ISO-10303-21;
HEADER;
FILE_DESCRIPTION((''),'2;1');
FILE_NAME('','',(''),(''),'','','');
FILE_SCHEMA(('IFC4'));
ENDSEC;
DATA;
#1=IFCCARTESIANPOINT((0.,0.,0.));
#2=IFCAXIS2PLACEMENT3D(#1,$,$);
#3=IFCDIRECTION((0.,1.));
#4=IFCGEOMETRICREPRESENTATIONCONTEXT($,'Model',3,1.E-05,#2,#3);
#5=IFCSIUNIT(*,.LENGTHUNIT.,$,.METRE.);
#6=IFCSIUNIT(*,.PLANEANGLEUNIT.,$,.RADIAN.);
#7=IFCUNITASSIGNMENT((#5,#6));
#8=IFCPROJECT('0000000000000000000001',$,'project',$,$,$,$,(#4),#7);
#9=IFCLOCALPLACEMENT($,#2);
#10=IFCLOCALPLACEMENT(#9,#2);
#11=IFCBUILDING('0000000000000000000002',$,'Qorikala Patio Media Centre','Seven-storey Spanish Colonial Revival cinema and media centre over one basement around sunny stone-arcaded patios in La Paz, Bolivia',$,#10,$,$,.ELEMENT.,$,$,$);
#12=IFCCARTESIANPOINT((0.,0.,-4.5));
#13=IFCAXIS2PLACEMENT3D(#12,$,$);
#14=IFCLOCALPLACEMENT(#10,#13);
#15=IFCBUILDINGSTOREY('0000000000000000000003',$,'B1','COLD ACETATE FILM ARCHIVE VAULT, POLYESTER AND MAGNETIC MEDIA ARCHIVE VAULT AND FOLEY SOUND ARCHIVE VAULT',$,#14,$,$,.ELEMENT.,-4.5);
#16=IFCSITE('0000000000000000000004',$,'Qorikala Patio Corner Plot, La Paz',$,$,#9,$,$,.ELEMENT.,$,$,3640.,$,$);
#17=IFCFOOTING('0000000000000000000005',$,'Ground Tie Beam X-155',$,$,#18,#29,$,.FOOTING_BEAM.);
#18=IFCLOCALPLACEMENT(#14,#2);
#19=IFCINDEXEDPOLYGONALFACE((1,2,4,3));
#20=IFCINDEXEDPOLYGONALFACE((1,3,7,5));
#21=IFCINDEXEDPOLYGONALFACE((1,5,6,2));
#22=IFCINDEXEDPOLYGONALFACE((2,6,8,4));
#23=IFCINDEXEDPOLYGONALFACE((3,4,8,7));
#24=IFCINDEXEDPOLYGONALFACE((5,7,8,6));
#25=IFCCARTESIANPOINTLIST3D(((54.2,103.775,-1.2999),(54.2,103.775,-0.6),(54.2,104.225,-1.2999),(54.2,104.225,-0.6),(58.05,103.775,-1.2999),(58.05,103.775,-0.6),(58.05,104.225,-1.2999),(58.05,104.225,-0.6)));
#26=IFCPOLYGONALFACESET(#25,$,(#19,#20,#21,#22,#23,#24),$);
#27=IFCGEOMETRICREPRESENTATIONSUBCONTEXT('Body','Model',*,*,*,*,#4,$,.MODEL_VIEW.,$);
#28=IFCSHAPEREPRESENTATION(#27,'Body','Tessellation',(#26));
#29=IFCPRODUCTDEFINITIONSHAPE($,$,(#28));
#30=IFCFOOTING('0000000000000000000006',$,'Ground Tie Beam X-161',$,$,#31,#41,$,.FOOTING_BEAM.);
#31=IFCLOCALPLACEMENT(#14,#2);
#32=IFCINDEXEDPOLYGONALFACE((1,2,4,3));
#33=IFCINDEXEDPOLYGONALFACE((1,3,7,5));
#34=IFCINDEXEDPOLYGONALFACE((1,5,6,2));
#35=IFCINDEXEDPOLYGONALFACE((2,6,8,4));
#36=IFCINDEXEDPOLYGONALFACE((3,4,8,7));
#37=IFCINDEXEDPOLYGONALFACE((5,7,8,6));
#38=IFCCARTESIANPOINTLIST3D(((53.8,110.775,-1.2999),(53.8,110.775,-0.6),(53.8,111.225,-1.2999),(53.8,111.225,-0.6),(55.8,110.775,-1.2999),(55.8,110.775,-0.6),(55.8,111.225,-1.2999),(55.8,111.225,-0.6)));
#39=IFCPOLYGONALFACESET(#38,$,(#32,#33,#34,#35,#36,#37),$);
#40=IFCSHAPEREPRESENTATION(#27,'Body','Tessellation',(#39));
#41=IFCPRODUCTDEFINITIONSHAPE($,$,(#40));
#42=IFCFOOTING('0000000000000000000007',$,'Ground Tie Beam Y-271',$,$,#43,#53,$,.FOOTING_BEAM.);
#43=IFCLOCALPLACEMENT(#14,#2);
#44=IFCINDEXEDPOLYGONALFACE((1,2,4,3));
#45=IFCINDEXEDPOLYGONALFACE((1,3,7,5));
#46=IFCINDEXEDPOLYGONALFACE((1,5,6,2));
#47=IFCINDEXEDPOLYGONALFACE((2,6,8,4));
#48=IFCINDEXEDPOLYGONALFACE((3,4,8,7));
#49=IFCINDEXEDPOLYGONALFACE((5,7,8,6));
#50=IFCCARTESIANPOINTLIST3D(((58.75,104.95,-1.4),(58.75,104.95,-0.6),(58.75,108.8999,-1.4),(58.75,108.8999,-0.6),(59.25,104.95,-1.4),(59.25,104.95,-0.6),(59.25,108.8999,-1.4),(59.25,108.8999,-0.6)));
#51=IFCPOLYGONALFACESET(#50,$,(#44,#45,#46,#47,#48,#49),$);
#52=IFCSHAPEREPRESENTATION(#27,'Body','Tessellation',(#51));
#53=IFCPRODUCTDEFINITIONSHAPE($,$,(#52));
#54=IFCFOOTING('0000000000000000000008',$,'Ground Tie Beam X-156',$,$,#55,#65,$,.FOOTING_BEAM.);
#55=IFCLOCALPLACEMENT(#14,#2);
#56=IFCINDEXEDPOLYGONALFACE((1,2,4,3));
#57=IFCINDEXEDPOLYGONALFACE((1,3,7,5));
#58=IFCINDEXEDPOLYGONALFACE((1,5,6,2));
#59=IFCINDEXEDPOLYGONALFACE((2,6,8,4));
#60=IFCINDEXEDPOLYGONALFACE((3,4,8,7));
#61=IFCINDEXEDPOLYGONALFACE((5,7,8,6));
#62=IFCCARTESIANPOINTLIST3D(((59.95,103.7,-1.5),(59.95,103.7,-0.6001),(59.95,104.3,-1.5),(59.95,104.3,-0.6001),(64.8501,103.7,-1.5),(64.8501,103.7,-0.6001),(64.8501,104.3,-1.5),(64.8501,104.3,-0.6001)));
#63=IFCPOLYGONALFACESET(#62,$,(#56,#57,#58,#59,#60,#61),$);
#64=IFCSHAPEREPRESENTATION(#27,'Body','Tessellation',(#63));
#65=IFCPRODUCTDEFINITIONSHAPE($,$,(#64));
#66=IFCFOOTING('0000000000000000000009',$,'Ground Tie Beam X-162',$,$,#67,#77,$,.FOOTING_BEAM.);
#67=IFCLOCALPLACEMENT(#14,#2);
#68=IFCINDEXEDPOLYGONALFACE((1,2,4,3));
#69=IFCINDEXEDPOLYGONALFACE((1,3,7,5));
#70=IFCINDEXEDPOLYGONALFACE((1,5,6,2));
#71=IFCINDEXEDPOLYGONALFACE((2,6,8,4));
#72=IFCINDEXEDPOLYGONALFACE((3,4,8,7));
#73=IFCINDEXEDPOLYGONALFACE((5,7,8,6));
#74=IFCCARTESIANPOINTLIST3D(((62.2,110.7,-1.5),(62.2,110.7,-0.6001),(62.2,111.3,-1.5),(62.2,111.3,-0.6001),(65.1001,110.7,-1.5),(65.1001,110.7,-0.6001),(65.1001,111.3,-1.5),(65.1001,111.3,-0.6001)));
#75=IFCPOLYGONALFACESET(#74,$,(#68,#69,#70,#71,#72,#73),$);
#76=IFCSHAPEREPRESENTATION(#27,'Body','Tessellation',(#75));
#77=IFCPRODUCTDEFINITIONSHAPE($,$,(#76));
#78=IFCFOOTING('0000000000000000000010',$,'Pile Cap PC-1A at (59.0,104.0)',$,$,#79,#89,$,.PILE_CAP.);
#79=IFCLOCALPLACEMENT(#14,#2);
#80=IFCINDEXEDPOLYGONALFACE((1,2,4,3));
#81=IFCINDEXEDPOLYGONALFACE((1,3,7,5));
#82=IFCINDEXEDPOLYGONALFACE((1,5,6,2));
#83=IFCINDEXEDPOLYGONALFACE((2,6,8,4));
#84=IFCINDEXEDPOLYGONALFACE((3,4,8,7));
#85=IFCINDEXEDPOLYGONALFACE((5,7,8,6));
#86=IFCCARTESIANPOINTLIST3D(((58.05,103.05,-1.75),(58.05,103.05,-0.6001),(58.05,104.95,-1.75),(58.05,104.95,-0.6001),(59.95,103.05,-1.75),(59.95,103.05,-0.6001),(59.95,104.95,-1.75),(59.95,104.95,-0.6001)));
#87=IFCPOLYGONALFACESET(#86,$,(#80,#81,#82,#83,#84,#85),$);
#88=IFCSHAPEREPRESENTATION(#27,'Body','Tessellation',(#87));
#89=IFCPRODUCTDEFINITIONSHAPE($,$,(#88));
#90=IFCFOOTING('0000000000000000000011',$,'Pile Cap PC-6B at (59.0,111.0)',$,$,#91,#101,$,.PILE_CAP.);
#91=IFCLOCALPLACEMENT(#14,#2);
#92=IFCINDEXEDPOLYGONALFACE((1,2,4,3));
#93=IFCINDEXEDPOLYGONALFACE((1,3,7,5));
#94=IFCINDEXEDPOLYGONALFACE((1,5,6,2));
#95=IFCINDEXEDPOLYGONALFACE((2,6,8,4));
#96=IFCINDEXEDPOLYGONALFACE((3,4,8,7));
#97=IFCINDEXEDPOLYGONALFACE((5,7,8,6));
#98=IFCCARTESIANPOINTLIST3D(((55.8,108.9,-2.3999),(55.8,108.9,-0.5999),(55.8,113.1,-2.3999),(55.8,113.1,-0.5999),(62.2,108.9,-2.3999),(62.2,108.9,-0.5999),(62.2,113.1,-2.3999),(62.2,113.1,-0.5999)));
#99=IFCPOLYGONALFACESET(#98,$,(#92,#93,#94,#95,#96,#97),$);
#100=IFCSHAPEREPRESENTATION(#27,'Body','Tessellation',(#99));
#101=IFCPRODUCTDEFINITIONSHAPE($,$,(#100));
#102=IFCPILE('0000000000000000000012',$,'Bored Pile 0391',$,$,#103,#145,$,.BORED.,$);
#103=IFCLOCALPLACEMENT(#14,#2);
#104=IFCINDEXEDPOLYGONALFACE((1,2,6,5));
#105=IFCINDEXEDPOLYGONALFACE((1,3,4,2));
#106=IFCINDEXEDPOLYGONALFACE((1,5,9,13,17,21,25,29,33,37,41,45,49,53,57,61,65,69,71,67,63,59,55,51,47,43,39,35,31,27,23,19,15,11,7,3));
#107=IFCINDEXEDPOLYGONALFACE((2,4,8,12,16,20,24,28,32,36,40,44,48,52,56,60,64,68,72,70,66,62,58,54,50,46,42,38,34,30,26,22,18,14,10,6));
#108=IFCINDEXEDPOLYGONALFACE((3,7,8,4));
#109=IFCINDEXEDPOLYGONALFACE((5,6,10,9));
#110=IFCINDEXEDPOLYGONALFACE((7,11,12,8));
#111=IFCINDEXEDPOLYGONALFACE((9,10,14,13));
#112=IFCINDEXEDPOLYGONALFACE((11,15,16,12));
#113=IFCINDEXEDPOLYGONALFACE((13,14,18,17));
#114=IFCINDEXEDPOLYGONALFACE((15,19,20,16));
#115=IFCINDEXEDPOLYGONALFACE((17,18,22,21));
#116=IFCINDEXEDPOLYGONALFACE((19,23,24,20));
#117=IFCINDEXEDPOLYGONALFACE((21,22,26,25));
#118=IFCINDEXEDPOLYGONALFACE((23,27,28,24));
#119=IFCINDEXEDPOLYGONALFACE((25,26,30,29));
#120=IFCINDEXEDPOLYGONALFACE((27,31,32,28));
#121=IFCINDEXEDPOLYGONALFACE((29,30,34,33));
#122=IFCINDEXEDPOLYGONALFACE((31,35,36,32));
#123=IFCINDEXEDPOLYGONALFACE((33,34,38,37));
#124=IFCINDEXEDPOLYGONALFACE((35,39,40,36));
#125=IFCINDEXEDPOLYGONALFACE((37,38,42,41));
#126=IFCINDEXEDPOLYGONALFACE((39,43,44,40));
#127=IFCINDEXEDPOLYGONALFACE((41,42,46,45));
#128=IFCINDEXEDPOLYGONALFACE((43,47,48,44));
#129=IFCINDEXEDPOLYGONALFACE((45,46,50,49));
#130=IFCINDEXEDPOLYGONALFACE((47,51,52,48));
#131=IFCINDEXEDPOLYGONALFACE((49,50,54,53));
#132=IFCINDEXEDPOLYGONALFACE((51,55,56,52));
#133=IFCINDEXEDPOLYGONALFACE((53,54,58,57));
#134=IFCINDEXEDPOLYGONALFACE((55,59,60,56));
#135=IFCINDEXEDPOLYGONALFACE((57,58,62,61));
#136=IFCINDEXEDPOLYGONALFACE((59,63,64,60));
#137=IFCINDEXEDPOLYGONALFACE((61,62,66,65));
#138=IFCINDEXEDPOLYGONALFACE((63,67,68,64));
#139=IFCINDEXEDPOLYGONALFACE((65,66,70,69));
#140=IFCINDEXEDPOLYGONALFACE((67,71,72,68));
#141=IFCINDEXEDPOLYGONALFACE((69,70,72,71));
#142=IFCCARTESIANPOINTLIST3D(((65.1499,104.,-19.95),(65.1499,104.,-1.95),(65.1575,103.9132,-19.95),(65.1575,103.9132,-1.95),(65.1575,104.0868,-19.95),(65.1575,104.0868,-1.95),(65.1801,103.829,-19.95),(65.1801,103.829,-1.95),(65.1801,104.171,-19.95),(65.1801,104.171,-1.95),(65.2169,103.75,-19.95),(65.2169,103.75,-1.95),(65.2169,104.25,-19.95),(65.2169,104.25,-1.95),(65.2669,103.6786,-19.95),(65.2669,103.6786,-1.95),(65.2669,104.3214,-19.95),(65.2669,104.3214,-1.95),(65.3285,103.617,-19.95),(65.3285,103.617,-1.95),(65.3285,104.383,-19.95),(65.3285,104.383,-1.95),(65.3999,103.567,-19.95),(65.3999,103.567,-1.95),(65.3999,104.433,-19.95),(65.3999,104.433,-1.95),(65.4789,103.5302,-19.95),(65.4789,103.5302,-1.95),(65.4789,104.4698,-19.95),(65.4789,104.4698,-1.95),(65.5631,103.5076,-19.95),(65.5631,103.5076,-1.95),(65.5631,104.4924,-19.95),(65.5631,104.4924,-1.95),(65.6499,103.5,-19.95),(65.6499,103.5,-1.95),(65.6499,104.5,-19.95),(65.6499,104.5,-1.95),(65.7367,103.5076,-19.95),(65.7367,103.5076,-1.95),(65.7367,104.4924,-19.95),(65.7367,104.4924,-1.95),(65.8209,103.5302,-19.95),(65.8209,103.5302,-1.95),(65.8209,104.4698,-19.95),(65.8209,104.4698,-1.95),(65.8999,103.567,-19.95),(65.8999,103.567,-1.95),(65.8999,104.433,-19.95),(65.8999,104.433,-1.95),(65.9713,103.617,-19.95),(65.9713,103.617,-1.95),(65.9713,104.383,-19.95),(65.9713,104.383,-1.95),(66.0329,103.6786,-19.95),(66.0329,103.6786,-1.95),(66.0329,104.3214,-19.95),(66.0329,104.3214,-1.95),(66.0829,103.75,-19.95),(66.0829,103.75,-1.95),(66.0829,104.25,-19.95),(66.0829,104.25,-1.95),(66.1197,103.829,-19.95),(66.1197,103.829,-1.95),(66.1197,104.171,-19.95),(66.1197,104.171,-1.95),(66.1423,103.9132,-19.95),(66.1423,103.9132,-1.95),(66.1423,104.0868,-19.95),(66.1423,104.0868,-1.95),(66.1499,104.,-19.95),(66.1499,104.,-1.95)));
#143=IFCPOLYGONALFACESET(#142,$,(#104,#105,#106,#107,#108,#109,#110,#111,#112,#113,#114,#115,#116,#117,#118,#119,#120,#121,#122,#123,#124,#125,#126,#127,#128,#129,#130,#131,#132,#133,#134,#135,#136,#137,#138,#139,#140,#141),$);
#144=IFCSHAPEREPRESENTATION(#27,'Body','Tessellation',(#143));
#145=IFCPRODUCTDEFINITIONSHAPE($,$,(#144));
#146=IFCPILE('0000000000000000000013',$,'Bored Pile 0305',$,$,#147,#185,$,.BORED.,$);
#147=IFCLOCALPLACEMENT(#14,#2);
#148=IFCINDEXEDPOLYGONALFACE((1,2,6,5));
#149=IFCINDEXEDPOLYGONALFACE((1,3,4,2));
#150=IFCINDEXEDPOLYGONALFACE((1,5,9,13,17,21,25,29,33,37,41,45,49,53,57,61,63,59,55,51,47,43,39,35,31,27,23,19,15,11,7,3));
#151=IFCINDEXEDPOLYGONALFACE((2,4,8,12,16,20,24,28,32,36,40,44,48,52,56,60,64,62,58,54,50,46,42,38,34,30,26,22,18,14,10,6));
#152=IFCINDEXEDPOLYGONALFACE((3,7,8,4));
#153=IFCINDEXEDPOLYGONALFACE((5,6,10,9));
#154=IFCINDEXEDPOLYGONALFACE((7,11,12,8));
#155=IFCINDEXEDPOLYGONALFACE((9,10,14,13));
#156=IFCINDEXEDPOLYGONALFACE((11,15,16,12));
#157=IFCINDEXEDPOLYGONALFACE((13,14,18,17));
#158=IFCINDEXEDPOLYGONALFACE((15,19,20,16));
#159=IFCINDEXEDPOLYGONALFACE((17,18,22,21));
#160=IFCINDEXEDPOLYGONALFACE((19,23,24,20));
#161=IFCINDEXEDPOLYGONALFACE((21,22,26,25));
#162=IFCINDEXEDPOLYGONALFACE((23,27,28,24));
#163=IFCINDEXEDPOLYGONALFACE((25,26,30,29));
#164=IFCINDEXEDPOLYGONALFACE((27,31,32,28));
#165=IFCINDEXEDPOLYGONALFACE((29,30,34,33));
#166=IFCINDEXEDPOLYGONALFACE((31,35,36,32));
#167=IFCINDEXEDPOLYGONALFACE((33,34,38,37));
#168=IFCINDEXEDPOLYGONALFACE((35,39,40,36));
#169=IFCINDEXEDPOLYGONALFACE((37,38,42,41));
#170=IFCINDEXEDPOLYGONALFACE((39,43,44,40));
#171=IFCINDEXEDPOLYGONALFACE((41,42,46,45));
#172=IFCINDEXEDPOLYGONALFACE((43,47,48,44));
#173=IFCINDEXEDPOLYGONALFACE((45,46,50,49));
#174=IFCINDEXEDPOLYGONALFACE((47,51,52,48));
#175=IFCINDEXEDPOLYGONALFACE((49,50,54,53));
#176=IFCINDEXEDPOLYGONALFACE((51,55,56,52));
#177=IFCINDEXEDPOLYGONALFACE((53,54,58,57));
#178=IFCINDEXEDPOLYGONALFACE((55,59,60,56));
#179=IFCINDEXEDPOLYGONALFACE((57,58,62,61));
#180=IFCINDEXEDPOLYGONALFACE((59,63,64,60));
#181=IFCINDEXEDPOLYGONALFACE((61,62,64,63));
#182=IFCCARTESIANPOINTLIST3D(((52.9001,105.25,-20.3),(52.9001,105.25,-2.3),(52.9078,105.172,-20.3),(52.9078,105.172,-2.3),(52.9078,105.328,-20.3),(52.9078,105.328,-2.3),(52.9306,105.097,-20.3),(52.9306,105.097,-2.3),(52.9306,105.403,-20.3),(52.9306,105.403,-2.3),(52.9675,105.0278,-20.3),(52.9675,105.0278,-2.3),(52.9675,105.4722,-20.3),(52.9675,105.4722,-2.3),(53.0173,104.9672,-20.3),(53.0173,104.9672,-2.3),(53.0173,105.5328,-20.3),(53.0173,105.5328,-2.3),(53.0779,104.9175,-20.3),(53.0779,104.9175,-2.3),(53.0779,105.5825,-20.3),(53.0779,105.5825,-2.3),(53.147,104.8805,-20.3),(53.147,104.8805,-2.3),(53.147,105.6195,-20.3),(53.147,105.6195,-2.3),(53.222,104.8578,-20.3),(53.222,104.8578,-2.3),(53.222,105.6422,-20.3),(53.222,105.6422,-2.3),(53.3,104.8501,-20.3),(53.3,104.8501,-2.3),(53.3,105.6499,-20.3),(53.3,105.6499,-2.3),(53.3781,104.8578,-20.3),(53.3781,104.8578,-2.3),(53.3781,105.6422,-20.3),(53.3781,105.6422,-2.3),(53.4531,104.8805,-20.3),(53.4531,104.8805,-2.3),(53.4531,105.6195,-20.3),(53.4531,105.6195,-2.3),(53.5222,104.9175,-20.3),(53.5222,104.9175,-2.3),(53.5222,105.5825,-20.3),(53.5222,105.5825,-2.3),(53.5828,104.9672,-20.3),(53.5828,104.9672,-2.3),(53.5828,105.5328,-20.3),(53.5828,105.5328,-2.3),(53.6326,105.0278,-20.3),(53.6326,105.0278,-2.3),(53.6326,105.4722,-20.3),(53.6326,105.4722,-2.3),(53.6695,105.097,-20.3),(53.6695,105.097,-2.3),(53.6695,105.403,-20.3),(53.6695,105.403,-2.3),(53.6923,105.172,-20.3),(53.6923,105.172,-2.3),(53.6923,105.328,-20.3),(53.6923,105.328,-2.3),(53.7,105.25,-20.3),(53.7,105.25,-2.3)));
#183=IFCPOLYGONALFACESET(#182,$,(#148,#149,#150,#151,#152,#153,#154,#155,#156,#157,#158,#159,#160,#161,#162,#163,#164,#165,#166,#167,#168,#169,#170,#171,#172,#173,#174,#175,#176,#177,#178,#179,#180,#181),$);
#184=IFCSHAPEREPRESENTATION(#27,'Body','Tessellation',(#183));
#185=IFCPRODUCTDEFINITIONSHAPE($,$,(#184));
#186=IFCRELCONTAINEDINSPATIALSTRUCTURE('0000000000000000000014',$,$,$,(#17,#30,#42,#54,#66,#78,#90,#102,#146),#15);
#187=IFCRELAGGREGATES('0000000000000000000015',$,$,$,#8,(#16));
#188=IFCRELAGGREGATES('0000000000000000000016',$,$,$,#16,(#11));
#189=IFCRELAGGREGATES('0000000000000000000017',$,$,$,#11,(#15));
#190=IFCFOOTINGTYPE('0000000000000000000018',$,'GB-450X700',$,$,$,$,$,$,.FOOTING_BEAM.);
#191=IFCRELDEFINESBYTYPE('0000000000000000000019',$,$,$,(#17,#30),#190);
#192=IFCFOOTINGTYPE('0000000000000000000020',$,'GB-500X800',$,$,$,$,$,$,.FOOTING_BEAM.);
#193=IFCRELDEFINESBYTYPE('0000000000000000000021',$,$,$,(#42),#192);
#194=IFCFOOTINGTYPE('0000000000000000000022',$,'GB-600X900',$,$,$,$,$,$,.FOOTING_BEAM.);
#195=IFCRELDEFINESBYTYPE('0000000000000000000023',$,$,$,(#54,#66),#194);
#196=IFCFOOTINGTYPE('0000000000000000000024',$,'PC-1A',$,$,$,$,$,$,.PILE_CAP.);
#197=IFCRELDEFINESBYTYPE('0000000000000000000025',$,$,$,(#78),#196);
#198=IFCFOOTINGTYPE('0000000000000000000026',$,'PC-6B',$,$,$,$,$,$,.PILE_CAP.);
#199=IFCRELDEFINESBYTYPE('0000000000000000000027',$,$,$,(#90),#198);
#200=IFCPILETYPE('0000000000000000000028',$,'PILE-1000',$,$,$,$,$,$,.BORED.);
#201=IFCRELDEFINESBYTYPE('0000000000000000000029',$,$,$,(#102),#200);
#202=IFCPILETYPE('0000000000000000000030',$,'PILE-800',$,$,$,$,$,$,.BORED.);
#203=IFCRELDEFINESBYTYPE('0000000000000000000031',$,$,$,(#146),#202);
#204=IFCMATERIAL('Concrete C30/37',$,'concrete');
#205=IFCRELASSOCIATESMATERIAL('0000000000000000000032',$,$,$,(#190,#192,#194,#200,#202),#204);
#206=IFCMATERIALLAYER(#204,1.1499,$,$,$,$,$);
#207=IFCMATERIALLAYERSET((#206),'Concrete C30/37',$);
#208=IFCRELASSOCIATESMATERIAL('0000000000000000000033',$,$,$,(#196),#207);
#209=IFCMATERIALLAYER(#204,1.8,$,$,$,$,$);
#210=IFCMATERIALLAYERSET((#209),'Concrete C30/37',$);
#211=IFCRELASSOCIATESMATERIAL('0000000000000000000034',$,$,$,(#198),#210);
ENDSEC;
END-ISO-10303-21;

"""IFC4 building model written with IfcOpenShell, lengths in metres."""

from ifc_helpers import new_model, si_unit, direction, frame, origin, origin_2d, place, context, subcontext, project, spatial, rectangle, circle, extrude, material, layer, layer_set, material_profile, profile_set, type_object, element, save


model = new_model("IFC4")

# Units and contexts
model_context = context("Model", 3, precision=1e-05, world=origin(), true_north=direction((0.0, 1.0)))
body_context = subcontext(model_context, "Body", "Model", "MODEL_VIEW")
ifc_project = project(units=[si_unit("LENGTHUNIT", "METRE"), si_unit("PLANEANGLEUNIT", "RADIAN")], contexts=[model_context])

# Site, building, storey
site_placement = place(None, origin())
site = spatial("IfcSite", under=ifc_project, at=site_placement, Name="Qorikala Patio Corner Plot, La Paz", CompositionType="ELEMENT", RefElevation=3640.0)
building_placement = place(site_placement, origin())
building = spatial("IfcBuilding", under=site, at=building_placement, Name="Qorikala Patio Media Centre", Description="Seven-storey Spanish Colonial Revival cinema and media centre over one basement around sunny stone-arcaded patios in La Paz, Bolivia", CompositionType="ELEMENT")
storey_placement = place(building_placement, frame((0.0, 0.0, -4.5)))
storey = spatial("IfcBuildingStorey", under=building, at=storey_placement, Name="B1", Description="COLD ACETATE FILM ARCHIVE VAULT, POLYESTER AND MAGNETIC MEDIA ARCHIVE VAULT AND FOLEY SOUND ARCHIVE VAULT", CompositionType="ELEMENT", Elevation=-4.5)

# Footings
ifc_material_1 = material(Name="Concrete C30/37", Category="concrete")
ifc_material_profile_1 = material_profile(ifc_material_1, rectangle(XDim=0.45, YDim=0.7, at=origin_2d()), Name="RC 450x700")
ifc_profile_set_1 = profile_set([ifc_material_profile_1], Name="Concrete C30/37")
footing_type_1 = type_object("IfcFootingType", Name="GB-450X700", PredefinedType="FOOTING_BEAM", material=ifc_profile_set_1)
footing_1_placement = place(storey_placement, frame((54.2, 104.0, -0.95), z_axis=(1.0, 0.0, 0.0), x_axis=(0.0, 1.0, 0.0)))
element("IfcFooting", 1, at=footing_1_placement, inside=storey, type_object=footing_type_1, Name="Ground Tie Beam X-155", PredefinedType="FOOTING_BEAM", context=body_context, shape_type="SweptSolid", body=[
    extrude(rectangle(XDim=0.45, YDim=0.7, at=origin_2d()), origin(), (0.0, 0.0, 1.0), 3.8501),
])
footing_2_placement = place(storey_placement, frame((53.8, 111.0, -0.95), z_axis=(1.0, 0.0, 0.0), x_axis=(0.0, 1.0, 0.0)))
element("IfcFooting", 2, at=footing_2_placement, inside=storey, type_object=footing_type_1, Name="Ground Tie Beam X-161", PredefinedType="FOOTING_BEAM", context=body_context, shape_type="SweptSolid", body=[
    extrude(rectangle(XDim=0.45, YDim=0.7, at=origin_2d()), origin(), (0.0, 0.0, 1.0), 2.0),
])
ifc_material_profile_2 = material_profile(ifc_material_1, rectangle(XDim=0.5, YDim=0.8, at=origin_2d()), Name="RC 500x800")
ifc_profile_set_2 = profile_set([ifc_material_profile_2], Name="Concrete C30/37")
footing_type_2 = type_object("IfcFootingType", Name="GB-500X800", PredefinedType="FOOTING_BEAM", material=ifc_profile_set_2)
footing_3_placement = place(storey_placement, frame((59.0, 104.95, -1.0), z_axis=(0.0, 1.0, 0.0), x_axis=(-1.0, 0.0, 0.0)))
element("IfcFooting", 3, at=footing_3_placement, inside=storey, type_object=footing_type_2, Name="Ground Tie Beam Y-271", PredefinedType="FOOTING_BEAM", context=body_context, shape_type="SweptSolid", body=[
    extrude(rectangle(XDim=0.5, YDim=0.8, at=origin_2d()), origin(), (0.0, 0.0, 1.0), 3.95),
])
ifc_material_profile_3 = material_profile(ifc_material_1, rectangle(XDim=0.6001, YDim=0.8999, at=origin_2d()), Name="RC 600x900")
ifc_profile_set_3 = profile_set([ifc_material_profile_3], Name="Concrete C30/37")
footing_type_3 = type_object("IfcFootingType", Name="GB-600X900", PredefinedType="FOOTING_BEAM", material=ifc_profile_set_3)
footing_4_placement = place(storey_placement, frame((59.95, 104.0, -1.05), z_axis=(1.0, 0.0, 0.0), x_axis=(0.0, 1.0, 0.0)))
element("IfcFooting", 4, at=footing_4_placement, inside=storey, type_object=footing_type_3, Name="Ground Tie Beam X-156", PredefinedType="FOOTING_BEAM", context=body_context, shape_type="SweptSolid", body=[
    extrude(rectangle(XDim=0.6001, YDim=0.8999, at=origin_2d()), origin(), (0.0, 0.0, 1.0), 4.9001),
])
footing_5_placement = place(storey_placement, frame((62.2, 111.0, -1.05), z_axis=(1.0, 0.0, 0.0), x_axis=(0.0, 1.0, 0.0)))
element("IfcFooting", 5, at=footing_5_placement, inside=storey, type_object=footing_type_3, Name="Ground Tie Beam X-162", PredefinedType="FOOTING_BEAM", context=body_context, shape_type="SweptSolid", body=[
    extrude(rectangle(XDim=0.6001, YDim=0.8999, at=origin_2d()), origin(), (0.0, 0.0, 1.0), 2.9001),
])
ifc_layer_1 = layer(ifc_material_1, 1.1499)
ifc_layer_set_1 = layer_set([ifc_layer_1], Name="Concrete C30/37")
footing_type_4 = type_object("IfcFootingType", Name="PC-1A", PredefinedType="PILE_CAP", material=ifc_layer_set_1)
footing_6_placement = place(storey_placement, frame((59.0, 104.0, -1.75), z_axis=(0.0, 0.0, 1.0), x_axis=(1.0, 0.0, 0.0)))
element("IfcFooting", 6, at=footing_6_placement, inside=storey, type_object=footing_type_4, Name="Pile Cap PC-1A at (59.0,104.0)", PredefinedType="PILE_CAP", context=body_context, shape_type="SweptSolid", body=[
    extrude(rectangle(XDim=1.8999, YDim=1.8999, at=origin_2d()), origin(), (0.0, 0.0, 1.0), 1.1499),
])
ifc_layer_2 = layer(ifc_material_1, 1.8)
ifc_layer_set_2 = layer_set([ifc_layer_2], Name="Concrete C30/37")
footing_type_5 = type_object("IfcFootingType", Name="PC-6B", PredefinedType="PILE_CAP", material=ifc_layer_set_2)
footing_7_placement = place(storey_placement, frame((59.0, 111.0, -2.3999), z_axis=(0.0, 0.0, 1.0), x_axis=(1.0, 0.0, 0.0)))
element("IfcFooting", 7, at=footing_7_placement, inside=storey, type_object=footing_type_5, Name="Pile Cap PC-6B at (59.0,111.0)", PredefinedType="PILE_CAP", context=body_context, shape_type="SweptSolid", body=[
    extrude(rectangle(XDim=6.3999, YDim=4.2, at=origin_2d()), origin(), (0.0, 0.0, 1.0), 1.8),
])

# Piles
ifc_material_profile_4 = material_profile(ifc_material_1, circle(Radius=0.5, at=origin_2d()), Name="BORED PILE 1000")
ifc_profile_set_4 = profile_set([ifc_material_profile_4], Name="Concrete C30/37")
pile_type_1 = type_object("IfcPileType", Name="PILE-1000", PredefinedType="BORED", material=ifc_profile_set_4)
pile_placement = place(storey_placement, frame((65.6499, 104.0, -1.95), z_axis=(0.0, 0.0, -1.0), x_axis=(1.0, 0.0, 0.0)))
element("IfcPile", 8, at=pile_placement, inside=storey, type_object=pile_type_1, Name="Bored Pile 0391", PredefinedType="BORED", context=body_context, shape_type="SweptSolid", body=[
    extrude(circle(Radius=0.5, at=origin_2d()), origin(), (0.0, 0.0, 1.0), 18.0),
])
ifc_material_profile_5 = material_profile(ifc_material_1, circle(Radius=0.3999, at=origin_2d()), Name="BORED PILE 800")
ifc_profile_set_5 = profile_set([ifc_material_profile_5], Name="Concrete C30/37")
pile_type_2 = type_object("IfcPileType", Name="PILE-800", PredefinedType="BORED", material=ifc_profile_set_5)
for number, where, z_axis, x_axis, name in (
    (9, (53.3, 105.25, -2.3), (0.0, 0.0, -1.0), (1.0, 0.0, 0.0), "Bored Pile 0305"),
):
    element("IfcPile", number, at=place(storey_placement, frame(where, z_axis=z_axis, x_axis=x_axis)), inside=storey, type_object=pile_type_2, Name=name, PredefinedType="BORED", context=body_context, shape_type="SweptSolid", body=[
        extrude(circle(Radius=0.3999, at=origin_2d()), origin(), (0.0, 0.0, 1.0), 18.0),
    ])

save(model, "model.ifc")
